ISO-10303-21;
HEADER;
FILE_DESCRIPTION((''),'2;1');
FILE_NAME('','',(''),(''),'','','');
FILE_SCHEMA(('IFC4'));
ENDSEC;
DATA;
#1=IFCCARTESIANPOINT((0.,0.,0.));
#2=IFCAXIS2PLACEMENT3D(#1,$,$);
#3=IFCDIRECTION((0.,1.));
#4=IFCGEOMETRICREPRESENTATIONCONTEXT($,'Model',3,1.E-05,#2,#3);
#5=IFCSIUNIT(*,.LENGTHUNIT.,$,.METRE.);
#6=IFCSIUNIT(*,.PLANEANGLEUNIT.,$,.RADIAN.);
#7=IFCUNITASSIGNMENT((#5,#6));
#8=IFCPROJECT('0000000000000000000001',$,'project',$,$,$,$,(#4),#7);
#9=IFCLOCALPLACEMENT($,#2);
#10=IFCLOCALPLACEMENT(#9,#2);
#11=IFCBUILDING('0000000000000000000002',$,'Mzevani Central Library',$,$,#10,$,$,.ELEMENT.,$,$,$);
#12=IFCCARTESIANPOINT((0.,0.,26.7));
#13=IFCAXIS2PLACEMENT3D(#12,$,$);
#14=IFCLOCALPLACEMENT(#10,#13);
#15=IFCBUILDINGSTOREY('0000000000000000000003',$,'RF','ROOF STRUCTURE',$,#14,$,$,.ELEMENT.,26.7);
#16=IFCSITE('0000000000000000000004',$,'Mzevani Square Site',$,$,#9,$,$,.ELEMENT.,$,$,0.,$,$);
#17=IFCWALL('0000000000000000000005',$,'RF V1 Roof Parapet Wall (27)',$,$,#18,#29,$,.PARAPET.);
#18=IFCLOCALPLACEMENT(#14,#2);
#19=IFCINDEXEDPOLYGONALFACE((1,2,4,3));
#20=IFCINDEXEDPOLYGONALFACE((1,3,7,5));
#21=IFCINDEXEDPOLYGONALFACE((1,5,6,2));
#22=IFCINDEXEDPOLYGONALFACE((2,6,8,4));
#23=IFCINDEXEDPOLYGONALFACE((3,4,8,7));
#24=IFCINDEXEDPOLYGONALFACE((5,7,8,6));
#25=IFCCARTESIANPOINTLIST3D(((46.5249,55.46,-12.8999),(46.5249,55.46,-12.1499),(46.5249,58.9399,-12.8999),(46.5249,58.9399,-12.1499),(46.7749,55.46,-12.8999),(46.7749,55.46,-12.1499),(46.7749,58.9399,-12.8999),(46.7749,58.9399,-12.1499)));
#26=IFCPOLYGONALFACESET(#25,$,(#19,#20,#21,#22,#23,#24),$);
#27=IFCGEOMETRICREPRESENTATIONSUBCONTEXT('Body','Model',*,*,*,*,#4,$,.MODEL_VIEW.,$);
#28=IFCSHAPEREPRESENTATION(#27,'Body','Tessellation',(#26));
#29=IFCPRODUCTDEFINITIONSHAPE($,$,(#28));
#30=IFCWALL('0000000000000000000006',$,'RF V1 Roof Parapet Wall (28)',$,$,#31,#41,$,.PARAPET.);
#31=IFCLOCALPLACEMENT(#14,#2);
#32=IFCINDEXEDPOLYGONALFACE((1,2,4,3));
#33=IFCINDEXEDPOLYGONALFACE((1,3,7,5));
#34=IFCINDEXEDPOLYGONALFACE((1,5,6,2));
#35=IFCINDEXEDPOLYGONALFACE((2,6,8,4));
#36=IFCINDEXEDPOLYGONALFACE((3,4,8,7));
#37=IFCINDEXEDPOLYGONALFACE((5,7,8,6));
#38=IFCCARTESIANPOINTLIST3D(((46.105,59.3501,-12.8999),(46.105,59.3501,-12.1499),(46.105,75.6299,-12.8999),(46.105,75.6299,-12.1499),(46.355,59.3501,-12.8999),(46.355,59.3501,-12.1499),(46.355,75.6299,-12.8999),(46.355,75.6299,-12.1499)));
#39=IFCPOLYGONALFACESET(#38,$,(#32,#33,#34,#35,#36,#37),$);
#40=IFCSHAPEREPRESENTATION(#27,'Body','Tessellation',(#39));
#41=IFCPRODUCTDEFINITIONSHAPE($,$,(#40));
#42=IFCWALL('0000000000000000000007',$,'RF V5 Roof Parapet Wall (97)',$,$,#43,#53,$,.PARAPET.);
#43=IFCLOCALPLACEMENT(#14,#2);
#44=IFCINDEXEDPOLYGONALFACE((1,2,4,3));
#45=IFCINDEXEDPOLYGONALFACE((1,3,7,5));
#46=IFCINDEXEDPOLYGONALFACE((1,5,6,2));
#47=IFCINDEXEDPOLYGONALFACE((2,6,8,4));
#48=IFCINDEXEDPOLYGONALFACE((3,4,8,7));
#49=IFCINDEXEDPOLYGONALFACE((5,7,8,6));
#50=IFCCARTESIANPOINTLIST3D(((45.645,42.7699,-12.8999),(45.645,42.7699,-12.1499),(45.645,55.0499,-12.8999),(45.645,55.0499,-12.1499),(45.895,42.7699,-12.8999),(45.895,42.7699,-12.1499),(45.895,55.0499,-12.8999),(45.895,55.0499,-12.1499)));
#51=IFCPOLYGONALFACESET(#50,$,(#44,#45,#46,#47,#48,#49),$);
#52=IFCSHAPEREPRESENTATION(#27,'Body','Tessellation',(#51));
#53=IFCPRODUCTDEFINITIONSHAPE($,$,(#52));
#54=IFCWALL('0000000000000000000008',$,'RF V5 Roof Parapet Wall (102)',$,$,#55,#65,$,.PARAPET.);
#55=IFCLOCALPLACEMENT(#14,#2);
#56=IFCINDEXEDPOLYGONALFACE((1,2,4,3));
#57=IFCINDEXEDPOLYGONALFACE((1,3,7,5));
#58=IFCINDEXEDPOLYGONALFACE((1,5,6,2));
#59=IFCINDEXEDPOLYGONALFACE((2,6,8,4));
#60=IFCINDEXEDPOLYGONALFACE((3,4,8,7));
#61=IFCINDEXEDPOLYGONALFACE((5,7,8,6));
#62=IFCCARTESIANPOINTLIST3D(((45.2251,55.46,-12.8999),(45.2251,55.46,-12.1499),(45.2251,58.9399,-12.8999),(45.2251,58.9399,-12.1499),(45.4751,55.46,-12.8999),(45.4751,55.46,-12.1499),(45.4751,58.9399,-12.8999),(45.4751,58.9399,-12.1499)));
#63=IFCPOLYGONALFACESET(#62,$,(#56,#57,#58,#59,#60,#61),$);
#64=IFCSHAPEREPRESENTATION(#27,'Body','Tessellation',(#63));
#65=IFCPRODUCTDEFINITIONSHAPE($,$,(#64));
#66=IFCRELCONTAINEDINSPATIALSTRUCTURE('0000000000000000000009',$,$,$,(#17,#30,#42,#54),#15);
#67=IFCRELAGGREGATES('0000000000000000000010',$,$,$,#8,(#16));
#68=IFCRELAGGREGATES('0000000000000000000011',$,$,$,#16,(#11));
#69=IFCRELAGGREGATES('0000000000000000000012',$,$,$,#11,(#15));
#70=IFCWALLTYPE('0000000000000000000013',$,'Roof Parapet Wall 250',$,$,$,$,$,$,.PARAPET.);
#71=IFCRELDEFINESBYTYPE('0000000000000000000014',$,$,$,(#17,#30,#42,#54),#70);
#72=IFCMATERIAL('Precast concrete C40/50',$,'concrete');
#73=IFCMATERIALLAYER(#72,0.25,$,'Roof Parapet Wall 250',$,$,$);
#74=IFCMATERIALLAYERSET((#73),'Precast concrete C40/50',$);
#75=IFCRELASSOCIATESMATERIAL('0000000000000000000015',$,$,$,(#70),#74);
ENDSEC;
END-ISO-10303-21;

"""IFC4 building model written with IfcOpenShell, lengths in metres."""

from ifc_helpers import new_model, si_unit, direction, frame, frame_2d, origin, place, context, subcontext, project, spatial, rectangle, extrude, material, layer, layer_set, type_object, element, save


model = new_model("IFC4")

# Units and contexts
model_context = context("Model", 3, precision=1e-05, world=origin(), true_north=direction((0.0, 1.0)))
body_context = subcontext(model_context, "Body", "Model", "MODEL_VIEW")
ifc_project = project(units=[si_unit("LENGTHUNIT", "METRE"), si_unit("PLANEANGLEUNIT", "RADIAN")], contexts=[model_context])

# Site, building, storey
site_placement = place(None, origin())
site = spatial("IfcSite", under=ifc_project, at=site_placement, Name="Mzevani Square Site", CompositionType="ELEMENT", RefElevation=0.0)
building_placement = place(site_placement, origin())
building = spatial("IfcBuilding", under=site, at=building_placement, Name="Mzevani Central Library", CompositionType="ELEMENT")
storey_placement = place(building_placement, frame((0.0, 0.0, 26.7)))
storey = spatial("IfcBuildingStorey", under=building, at=storey_placement, Name="RF", Description="ROOF STRUCTURE", CompositionType="ELEMENT", Elevation=26.7)

# Walls
ifc_material_1 = material(Name="Precast concrete C40/50", Category="concrete")
ifc_layer_1 = layer(ifc_material_1, 0.25, Name="Roof Parapet Wall 250")
ifc_layer_set_1 = layer_set([ifc_layer_1], Name="Precast concrete C40/50")
wall_type_1 = type_object("IfcWallType", Name="Roof Parapet Wall 250", PredefinedType="PARAPET", material=ifc_layer_set_1)
wall_1_placement = place(storey_placement, frame((46.6499, 55.46, -12.8999), z_axis=(0.0, 0.0, 1.0), x_axis=(0.0, 1.0, 0.0)))
element("IfcWall", 1, at=wall_1_placement, inside=storey, type_object=wall_type_1, Name="RF V1 Roof Parapet Wall (27)", PredefinedType="PARAPET", context=body_context, shape_type="SweptSolid", body=[
    extrude(rectangle(XDim=3.48, YDim=0.25, at=frame_2d((1.74, 0.0))), origin(), (0.0, 0.0, 1.0), 0.75),
])
wall_2_placement = place(storey_placement, frame((46.23, 59.3501, -12.8999), z_axis=(0.0, 0.0, 1.0), x_axis=(0.0, 1.0, 0.0)))
element("IfcWall", 2, at=wall_2_placement, inside=storey, type_object=wall_type_1, Name="RF V1 Roof Parapet Wall (28)", PredefinedType="PARAPET", context=body_context, shape_type="SweptSolid", body=[
    extrude(rectangle(XDim=16.2798, YDim=0.25, at=frame_2d((8.1399, 0.0))), origin(), (0.0, 0.0, 1.0), 0.75),
])
wall_3_placement = place(storey_placement, frame((45.77, 55.05, -12.8999), z_axis=(0.0, 0.0, 1.0), x_axis=(0.0, -1.0, 0.0)))
element("IfcWall", 3, at=wall_3_placement, inside=storey, type_object=wall_type_1, Name="RF V5 Roof Parapet Wall (97)", PredefinedType="PARAPET", context=body_context, shape_type="SweptSolid", body=[
    extrude(rectangle(XDim=12.28, YDim=0.25, at=frame_2d((6.1401, 0.0))), origin(), (0.0, 0.0, 1.0), 0.75),
])
wall_4_placement = place(storey_placement, frame((45.3501, 58.9399, -12.8999), z_axis=(0.0, 0.0, 1.0), x_axis=(0.0, -1.0, 0.0)))
element("IfcWall", 4, at=wall_4_placement, inside=storey, type_object=wall_type_1, Name="RF V5 Roof Parapet Wall (102)", PredefinedType="PARAPET", context=body_context, shape_type="SweptSolid", body=[
    extrude(rectangle(XDim=3.48, YDim=0.25, at=frame_2d((1.74, 0.0))), origin(), (0.0, 0.0, 1.0), 0.75),
])

save(model, "model.ifc")
